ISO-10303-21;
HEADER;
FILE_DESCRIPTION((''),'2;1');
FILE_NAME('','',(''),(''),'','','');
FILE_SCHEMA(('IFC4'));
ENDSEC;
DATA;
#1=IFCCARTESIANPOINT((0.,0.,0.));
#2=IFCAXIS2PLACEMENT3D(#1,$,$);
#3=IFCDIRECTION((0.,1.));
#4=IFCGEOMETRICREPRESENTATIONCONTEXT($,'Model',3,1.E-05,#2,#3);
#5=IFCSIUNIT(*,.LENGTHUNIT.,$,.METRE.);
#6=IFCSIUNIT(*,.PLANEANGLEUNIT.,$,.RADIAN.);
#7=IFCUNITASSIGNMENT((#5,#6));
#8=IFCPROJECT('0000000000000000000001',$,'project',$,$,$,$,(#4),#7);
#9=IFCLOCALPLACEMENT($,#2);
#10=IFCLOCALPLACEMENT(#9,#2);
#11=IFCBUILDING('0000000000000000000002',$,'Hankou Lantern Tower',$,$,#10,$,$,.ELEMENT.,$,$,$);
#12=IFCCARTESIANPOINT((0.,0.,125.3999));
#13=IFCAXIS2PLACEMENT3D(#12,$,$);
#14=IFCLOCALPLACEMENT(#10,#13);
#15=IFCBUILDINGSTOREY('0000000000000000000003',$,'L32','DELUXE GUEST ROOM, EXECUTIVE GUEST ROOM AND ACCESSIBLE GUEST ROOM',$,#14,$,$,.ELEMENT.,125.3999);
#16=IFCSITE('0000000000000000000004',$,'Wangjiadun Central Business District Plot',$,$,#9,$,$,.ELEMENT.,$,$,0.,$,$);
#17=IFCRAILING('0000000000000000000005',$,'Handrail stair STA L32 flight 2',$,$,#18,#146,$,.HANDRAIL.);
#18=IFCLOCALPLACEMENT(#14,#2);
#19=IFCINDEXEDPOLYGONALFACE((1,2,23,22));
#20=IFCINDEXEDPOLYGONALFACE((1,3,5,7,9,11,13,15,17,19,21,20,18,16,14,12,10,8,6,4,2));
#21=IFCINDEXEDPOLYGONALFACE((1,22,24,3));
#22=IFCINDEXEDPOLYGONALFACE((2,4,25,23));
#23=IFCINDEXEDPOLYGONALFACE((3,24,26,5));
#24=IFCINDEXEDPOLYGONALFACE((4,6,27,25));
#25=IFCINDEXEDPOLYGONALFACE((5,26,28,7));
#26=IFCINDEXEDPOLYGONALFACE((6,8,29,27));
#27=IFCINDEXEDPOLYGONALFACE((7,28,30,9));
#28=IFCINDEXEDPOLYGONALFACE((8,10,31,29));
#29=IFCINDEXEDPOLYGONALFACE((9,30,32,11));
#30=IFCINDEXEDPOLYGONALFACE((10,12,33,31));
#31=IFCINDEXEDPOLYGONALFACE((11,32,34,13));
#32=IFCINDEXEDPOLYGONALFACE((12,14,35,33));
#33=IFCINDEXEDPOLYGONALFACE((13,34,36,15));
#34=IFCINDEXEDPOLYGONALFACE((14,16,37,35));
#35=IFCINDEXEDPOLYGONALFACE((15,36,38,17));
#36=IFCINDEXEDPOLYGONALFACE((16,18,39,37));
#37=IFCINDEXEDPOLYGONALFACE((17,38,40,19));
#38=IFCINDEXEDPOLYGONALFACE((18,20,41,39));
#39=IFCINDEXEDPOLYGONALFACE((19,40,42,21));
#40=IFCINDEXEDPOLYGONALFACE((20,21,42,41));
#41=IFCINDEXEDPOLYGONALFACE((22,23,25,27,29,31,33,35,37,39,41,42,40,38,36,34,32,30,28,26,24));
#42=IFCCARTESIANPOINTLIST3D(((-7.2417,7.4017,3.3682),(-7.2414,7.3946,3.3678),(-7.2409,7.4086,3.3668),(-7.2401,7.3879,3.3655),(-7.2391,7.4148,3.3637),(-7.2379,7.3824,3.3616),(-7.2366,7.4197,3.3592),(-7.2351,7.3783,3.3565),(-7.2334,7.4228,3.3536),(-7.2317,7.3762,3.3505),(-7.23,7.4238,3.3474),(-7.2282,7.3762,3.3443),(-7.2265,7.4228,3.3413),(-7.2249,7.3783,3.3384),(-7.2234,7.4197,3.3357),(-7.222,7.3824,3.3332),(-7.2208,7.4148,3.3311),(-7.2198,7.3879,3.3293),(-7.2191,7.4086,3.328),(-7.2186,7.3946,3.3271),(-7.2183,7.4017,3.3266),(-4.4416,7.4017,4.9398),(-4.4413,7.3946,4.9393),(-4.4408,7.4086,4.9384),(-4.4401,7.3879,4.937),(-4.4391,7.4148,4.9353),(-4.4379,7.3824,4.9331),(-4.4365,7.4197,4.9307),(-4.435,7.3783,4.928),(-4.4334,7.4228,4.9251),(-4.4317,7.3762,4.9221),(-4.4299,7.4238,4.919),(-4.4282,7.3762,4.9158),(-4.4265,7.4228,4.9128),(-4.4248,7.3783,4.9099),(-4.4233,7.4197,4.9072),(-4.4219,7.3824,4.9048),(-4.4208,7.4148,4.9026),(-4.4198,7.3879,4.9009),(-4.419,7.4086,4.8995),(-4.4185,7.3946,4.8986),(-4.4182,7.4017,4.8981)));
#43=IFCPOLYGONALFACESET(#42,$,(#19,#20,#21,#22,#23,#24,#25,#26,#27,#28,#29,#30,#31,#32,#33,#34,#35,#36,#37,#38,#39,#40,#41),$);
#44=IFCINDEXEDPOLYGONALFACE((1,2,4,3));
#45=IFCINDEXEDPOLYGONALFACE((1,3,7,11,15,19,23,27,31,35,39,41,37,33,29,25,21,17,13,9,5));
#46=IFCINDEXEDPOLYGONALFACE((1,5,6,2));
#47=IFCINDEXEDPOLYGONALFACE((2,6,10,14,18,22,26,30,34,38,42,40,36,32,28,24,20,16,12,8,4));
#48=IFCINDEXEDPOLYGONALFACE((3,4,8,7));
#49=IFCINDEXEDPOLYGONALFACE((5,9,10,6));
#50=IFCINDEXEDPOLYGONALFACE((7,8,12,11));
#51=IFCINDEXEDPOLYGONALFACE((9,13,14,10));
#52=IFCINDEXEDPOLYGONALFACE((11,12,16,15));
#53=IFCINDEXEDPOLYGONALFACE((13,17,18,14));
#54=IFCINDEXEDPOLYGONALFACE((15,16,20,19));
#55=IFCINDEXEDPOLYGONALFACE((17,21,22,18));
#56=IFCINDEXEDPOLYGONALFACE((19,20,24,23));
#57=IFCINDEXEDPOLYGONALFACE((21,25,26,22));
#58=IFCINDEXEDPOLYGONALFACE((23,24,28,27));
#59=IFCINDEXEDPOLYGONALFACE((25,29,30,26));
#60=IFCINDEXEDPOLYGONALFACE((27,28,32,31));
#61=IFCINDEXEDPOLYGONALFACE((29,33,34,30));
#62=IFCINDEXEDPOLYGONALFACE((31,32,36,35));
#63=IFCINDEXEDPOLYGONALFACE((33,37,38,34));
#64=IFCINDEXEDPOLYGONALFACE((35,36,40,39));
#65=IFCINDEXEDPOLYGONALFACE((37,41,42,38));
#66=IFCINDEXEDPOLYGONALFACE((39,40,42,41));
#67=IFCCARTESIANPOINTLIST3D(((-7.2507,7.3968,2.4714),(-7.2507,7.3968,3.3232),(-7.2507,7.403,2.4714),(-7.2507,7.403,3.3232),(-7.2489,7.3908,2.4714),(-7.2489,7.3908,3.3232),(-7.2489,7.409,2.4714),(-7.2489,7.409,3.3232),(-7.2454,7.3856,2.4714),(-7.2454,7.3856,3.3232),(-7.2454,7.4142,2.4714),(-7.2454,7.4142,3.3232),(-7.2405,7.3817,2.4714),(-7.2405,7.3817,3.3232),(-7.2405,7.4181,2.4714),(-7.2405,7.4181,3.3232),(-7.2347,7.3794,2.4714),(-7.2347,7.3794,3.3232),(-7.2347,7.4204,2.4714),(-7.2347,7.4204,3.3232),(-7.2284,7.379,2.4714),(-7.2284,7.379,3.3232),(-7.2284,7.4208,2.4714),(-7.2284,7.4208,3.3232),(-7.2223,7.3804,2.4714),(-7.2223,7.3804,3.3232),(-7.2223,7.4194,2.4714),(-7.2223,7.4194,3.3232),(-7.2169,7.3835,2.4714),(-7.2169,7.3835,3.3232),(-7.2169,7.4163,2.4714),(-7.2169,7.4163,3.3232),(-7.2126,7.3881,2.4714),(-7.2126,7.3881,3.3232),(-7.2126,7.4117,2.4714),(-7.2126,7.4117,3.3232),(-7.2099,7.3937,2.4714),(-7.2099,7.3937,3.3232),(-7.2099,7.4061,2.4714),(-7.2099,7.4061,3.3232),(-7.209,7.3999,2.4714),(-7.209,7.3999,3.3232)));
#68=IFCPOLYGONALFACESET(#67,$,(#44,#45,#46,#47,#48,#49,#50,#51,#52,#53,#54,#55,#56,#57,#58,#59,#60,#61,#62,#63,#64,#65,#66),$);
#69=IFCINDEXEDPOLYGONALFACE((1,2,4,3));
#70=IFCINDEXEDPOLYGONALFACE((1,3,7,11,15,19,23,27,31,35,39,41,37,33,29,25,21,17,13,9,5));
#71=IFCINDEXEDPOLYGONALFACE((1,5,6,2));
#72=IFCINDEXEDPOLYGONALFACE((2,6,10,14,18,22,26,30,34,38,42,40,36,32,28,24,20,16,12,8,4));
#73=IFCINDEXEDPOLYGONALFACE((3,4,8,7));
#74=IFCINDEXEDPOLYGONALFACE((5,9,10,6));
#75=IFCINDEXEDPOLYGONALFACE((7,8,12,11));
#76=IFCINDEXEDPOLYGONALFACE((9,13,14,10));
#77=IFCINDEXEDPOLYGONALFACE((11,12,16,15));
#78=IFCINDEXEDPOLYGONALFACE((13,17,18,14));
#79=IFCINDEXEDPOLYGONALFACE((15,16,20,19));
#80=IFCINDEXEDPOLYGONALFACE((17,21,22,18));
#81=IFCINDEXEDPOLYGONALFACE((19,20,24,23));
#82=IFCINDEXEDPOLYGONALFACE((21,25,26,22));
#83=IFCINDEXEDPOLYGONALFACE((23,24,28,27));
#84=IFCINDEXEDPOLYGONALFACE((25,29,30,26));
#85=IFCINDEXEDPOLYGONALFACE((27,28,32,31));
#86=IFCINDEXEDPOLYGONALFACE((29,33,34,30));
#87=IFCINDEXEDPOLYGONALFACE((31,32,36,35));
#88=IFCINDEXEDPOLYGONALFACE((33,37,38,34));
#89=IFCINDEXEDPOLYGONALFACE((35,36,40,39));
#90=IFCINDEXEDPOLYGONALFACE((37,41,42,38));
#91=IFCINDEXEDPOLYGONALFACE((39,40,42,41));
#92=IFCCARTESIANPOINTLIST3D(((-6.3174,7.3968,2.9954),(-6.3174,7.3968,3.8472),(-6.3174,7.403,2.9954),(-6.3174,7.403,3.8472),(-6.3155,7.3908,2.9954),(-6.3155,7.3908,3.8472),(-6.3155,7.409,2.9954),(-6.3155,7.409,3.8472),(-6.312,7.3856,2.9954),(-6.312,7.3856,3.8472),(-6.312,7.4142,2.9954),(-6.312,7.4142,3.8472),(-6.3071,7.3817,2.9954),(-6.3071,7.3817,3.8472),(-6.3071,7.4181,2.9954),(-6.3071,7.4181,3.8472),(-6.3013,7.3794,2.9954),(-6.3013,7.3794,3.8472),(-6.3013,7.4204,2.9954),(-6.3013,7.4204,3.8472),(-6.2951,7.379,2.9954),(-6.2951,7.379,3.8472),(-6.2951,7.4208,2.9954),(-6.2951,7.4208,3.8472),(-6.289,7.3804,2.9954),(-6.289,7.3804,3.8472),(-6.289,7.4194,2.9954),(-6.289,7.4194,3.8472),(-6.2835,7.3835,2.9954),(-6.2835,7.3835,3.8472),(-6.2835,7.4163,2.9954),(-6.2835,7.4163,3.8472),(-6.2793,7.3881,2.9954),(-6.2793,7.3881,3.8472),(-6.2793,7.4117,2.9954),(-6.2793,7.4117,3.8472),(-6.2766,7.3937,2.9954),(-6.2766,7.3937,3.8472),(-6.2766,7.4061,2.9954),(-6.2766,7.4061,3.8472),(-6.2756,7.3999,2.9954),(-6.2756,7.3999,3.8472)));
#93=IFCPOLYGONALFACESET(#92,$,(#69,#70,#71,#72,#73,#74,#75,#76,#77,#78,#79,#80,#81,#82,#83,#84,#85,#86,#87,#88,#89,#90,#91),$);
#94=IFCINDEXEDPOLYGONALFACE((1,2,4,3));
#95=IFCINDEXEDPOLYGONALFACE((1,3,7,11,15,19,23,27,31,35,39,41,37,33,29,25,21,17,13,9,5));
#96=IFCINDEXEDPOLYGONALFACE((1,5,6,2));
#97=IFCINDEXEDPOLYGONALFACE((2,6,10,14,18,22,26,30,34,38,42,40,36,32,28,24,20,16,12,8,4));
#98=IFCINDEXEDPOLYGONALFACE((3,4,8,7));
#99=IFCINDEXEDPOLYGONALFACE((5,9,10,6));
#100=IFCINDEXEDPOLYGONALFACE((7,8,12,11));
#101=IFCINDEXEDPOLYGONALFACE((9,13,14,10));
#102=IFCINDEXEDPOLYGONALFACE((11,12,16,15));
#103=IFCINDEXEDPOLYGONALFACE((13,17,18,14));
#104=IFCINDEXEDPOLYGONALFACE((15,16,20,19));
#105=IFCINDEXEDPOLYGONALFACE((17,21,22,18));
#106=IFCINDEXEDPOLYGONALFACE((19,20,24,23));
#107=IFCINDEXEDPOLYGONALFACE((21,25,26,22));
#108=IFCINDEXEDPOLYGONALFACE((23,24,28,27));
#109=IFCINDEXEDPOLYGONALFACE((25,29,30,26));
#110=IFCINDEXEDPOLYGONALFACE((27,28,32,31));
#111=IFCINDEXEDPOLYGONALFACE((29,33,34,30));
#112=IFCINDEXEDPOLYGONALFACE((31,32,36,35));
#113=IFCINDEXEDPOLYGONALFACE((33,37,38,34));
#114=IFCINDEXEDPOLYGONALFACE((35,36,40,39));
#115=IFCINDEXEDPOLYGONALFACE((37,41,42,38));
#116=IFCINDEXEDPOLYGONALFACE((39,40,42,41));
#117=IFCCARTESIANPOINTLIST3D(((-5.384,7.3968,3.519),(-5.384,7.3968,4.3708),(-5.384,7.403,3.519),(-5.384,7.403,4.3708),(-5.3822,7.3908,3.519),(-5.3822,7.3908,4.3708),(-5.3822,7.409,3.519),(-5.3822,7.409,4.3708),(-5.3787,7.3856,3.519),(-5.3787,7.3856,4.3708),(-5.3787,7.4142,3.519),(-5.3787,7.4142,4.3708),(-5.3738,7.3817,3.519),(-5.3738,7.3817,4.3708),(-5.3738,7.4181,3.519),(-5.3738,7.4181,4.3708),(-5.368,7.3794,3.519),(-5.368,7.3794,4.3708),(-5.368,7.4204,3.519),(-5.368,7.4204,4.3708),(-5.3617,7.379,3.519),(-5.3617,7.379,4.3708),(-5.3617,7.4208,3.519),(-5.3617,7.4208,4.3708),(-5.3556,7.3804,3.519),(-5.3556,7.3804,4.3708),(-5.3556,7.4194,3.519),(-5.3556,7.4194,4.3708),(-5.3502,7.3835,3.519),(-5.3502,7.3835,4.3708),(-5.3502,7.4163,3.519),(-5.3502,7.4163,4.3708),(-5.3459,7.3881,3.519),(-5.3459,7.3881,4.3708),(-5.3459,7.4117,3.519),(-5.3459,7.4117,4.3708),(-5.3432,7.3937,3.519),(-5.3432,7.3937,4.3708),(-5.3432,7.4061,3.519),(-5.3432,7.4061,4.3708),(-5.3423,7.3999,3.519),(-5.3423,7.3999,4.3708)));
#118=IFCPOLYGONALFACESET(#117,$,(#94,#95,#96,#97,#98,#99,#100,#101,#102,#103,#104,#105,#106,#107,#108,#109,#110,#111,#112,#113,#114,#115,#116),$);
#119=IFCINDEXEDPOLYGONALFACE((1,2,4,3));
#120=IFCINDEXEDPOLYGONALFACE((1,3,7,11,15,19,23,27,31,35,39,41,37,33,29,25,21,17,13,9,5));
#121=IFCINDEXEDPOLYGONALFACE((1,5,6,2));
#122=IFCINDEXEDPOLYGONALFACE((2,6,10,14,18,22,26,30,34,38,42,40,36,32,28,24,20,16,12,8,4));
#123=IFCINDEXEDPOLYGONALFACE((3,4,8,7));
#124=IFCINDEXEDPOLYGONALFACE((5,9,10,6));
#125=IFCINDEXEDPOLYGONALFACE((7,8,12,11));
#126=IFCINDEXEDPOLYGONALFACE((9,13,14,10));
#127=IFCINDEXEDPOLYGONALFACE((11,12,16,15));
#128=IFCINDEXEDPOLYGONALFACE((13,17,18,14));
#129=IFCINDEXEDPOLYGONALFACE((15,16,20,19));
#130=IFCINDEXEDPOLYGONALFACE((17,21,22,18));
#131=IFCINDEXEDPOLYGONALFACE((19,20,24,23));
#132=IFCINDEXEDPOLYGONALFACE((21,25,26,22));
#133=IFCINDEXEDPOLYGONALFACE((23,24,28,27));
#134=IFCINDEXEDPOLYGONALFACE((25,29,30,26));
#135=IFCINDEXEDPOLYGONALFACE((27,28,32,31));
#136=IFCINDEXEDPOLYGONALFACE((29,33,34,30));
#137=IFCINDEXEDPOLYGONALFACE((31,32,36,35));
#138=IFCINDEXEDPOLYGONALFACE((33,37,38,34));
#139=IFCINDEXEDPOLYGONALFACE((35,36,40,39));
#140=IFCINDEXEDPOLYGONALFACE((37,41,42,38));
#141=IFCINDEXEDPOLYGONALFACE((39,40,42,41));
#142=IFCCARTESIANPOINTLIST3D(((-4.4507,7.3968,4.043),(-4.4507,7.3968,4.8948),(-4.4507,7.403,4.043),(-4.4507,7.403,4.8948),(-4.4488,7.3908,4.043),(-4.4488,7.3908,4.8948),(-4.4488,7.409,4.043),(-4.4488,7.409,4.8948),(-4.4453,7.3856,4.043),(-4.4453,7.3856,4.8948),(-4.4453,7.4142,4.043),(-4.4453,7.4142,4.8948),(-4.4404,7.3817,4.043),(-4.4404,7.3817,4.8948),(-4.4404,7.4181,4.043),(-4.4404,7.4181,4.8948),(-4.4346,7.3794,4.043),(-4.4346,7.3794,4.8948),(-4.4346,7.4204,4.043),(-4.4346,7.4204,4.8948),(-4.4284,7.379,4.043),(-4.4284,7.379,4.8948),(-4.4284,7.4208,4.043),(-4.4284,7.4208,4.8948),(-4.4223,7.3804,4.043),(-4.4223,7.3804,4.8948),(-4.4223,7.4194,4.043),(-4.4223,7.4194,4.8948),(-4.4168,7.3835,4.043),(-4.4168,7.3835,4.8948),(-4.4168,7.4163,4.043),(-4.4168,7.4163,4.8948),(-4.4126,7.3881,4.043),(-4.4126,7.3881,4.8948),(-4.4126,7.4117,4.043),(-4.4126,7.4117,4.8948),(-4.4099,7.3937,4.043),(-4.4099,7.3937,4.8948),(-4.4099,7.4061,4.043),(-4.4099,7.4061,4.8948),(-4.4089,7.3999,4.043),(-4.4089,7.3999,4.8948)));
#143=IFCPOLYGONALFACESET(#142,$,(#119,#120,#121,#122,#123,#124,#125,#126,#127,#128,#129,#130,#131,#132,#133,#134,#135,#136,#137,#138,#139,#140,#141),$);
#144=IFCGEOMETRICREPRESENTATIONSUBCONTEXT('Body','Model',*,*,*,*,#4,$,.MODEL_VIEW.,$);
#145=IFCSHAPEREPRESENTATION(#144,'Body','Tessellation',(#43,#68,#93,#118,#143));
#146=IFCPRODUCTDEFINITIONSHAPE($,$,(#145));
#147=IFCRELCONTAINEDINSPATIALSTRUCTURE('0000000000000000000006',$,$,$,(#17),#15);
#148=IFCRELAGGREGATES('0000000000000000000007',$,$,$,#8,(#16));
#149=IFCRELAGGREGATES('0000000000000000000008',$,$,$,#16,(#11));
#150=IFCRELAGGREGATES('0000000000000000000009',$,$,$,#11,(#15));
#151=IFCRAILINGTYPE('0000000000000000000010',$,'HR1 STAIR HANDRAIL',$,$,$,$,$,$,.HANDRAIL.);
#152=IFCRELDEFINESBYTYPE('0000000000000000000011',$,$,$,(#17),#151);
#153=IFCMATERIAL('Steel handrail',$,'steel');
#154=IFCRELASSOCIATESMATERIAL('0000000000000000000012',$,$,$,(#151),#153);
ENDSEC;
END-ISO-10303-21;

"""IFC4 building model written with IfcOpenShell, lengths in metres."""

from ifc_helpers import new_model, si_unit, direction, frame, origin, origin_2d, place, context, subcontext, project, spatial, circle, extrude, material, type_object, element, save


model = new_model("IFC4")

# Units and contexts
model_context = context("Model", 3, precision=1e-05, world=origin(), true_north=direction((0.0, 1.0)))
body_context = subcontext(model_context, "Body", "Model", "MODEL_VIEW")
ifc_project = project(units=[si_unit("LENGTHUNIT", "METRE"), si_unit("PLANEANGLEUNIT", "RADIAN")], contexts=[model_context])

# Site, building, storey
site_placement = place(None, origin())
site = spatial("IfcSite", under=ifc_project, at=site_placement, Name="Wangjiadun Central Business District Plot", CompositionType="ELEMENT", RefElevation=0.0)
building_placement = place(site_placement, origin())
building = spatial("IfcBuilding", under=site, at=building_placement, Name="Hankou Lantern Tower", CompositionType="ELEMENT")
storey_placement = place(building_placement, frame((0.0, 0.0, 125.3999)))
storey = spatial("IfcBuildingStorey", under=building, at=storey_placement, Name="L32", Description="DELUXE GUEST ROOM, EXECUTIVE GUEST ROOM AND ACCESSIBLE GUEST ROOM", CompositionType="ELEMENT", Elevation=125.3999)

# Railing
ifc_material_1 = material(Name="Steel handrail", Category="steel")
railing_type = type_object("IfcRailingType", Name="HR1 STAIR HANDRAIL", PredefinedType="HANDRAIL", material=ifc_material_1)
railing_1_placement = place(storey_placement, frame((-7.23, 7.3999, 2.4714)))
element("IfcRailing", 1, at=railing_1_placement, inside=storey, type_object=railing_type, Name="Handrail stair STA L32 flight 2", PredefinedType="HANDRAIL", context=body_context, shape_type="SweptSolid", body=[
    extrude(circle(Radius=0.0239, at=origin_2d()), frame((0.0, 0.0, 0.876), z_axis=(0.87204, 0.0, 0.489434), x_axis=(0.0, 1.0, 0.0)), (0.0, 0.0, 1.0), 3.2109),
    extrude(circle(Radius=0.021, at=origin_2d()), origin(), (0.0, 0.0, 1.0), 0.8518),
    extrude(circle(Radius=0.021, at=origin_2d()), frame((0.9333, 0.0, 0.5239)), (0.0, 0.0, 1.0), 0.8518),
    extrude(circle(Radius=0.021, at=origin_2d()), frame((1.8667, 0.0, 1.0476)), (0.0, 0.0, 1.0), 0.8518),
    extrude(circle(Radius=0.021, at=origin_2d()), frame((2.8, 0.0, 1.5715)), (0.0, 0.0, 1.0), 0.8518),
])

save(model, "model.ifc")
